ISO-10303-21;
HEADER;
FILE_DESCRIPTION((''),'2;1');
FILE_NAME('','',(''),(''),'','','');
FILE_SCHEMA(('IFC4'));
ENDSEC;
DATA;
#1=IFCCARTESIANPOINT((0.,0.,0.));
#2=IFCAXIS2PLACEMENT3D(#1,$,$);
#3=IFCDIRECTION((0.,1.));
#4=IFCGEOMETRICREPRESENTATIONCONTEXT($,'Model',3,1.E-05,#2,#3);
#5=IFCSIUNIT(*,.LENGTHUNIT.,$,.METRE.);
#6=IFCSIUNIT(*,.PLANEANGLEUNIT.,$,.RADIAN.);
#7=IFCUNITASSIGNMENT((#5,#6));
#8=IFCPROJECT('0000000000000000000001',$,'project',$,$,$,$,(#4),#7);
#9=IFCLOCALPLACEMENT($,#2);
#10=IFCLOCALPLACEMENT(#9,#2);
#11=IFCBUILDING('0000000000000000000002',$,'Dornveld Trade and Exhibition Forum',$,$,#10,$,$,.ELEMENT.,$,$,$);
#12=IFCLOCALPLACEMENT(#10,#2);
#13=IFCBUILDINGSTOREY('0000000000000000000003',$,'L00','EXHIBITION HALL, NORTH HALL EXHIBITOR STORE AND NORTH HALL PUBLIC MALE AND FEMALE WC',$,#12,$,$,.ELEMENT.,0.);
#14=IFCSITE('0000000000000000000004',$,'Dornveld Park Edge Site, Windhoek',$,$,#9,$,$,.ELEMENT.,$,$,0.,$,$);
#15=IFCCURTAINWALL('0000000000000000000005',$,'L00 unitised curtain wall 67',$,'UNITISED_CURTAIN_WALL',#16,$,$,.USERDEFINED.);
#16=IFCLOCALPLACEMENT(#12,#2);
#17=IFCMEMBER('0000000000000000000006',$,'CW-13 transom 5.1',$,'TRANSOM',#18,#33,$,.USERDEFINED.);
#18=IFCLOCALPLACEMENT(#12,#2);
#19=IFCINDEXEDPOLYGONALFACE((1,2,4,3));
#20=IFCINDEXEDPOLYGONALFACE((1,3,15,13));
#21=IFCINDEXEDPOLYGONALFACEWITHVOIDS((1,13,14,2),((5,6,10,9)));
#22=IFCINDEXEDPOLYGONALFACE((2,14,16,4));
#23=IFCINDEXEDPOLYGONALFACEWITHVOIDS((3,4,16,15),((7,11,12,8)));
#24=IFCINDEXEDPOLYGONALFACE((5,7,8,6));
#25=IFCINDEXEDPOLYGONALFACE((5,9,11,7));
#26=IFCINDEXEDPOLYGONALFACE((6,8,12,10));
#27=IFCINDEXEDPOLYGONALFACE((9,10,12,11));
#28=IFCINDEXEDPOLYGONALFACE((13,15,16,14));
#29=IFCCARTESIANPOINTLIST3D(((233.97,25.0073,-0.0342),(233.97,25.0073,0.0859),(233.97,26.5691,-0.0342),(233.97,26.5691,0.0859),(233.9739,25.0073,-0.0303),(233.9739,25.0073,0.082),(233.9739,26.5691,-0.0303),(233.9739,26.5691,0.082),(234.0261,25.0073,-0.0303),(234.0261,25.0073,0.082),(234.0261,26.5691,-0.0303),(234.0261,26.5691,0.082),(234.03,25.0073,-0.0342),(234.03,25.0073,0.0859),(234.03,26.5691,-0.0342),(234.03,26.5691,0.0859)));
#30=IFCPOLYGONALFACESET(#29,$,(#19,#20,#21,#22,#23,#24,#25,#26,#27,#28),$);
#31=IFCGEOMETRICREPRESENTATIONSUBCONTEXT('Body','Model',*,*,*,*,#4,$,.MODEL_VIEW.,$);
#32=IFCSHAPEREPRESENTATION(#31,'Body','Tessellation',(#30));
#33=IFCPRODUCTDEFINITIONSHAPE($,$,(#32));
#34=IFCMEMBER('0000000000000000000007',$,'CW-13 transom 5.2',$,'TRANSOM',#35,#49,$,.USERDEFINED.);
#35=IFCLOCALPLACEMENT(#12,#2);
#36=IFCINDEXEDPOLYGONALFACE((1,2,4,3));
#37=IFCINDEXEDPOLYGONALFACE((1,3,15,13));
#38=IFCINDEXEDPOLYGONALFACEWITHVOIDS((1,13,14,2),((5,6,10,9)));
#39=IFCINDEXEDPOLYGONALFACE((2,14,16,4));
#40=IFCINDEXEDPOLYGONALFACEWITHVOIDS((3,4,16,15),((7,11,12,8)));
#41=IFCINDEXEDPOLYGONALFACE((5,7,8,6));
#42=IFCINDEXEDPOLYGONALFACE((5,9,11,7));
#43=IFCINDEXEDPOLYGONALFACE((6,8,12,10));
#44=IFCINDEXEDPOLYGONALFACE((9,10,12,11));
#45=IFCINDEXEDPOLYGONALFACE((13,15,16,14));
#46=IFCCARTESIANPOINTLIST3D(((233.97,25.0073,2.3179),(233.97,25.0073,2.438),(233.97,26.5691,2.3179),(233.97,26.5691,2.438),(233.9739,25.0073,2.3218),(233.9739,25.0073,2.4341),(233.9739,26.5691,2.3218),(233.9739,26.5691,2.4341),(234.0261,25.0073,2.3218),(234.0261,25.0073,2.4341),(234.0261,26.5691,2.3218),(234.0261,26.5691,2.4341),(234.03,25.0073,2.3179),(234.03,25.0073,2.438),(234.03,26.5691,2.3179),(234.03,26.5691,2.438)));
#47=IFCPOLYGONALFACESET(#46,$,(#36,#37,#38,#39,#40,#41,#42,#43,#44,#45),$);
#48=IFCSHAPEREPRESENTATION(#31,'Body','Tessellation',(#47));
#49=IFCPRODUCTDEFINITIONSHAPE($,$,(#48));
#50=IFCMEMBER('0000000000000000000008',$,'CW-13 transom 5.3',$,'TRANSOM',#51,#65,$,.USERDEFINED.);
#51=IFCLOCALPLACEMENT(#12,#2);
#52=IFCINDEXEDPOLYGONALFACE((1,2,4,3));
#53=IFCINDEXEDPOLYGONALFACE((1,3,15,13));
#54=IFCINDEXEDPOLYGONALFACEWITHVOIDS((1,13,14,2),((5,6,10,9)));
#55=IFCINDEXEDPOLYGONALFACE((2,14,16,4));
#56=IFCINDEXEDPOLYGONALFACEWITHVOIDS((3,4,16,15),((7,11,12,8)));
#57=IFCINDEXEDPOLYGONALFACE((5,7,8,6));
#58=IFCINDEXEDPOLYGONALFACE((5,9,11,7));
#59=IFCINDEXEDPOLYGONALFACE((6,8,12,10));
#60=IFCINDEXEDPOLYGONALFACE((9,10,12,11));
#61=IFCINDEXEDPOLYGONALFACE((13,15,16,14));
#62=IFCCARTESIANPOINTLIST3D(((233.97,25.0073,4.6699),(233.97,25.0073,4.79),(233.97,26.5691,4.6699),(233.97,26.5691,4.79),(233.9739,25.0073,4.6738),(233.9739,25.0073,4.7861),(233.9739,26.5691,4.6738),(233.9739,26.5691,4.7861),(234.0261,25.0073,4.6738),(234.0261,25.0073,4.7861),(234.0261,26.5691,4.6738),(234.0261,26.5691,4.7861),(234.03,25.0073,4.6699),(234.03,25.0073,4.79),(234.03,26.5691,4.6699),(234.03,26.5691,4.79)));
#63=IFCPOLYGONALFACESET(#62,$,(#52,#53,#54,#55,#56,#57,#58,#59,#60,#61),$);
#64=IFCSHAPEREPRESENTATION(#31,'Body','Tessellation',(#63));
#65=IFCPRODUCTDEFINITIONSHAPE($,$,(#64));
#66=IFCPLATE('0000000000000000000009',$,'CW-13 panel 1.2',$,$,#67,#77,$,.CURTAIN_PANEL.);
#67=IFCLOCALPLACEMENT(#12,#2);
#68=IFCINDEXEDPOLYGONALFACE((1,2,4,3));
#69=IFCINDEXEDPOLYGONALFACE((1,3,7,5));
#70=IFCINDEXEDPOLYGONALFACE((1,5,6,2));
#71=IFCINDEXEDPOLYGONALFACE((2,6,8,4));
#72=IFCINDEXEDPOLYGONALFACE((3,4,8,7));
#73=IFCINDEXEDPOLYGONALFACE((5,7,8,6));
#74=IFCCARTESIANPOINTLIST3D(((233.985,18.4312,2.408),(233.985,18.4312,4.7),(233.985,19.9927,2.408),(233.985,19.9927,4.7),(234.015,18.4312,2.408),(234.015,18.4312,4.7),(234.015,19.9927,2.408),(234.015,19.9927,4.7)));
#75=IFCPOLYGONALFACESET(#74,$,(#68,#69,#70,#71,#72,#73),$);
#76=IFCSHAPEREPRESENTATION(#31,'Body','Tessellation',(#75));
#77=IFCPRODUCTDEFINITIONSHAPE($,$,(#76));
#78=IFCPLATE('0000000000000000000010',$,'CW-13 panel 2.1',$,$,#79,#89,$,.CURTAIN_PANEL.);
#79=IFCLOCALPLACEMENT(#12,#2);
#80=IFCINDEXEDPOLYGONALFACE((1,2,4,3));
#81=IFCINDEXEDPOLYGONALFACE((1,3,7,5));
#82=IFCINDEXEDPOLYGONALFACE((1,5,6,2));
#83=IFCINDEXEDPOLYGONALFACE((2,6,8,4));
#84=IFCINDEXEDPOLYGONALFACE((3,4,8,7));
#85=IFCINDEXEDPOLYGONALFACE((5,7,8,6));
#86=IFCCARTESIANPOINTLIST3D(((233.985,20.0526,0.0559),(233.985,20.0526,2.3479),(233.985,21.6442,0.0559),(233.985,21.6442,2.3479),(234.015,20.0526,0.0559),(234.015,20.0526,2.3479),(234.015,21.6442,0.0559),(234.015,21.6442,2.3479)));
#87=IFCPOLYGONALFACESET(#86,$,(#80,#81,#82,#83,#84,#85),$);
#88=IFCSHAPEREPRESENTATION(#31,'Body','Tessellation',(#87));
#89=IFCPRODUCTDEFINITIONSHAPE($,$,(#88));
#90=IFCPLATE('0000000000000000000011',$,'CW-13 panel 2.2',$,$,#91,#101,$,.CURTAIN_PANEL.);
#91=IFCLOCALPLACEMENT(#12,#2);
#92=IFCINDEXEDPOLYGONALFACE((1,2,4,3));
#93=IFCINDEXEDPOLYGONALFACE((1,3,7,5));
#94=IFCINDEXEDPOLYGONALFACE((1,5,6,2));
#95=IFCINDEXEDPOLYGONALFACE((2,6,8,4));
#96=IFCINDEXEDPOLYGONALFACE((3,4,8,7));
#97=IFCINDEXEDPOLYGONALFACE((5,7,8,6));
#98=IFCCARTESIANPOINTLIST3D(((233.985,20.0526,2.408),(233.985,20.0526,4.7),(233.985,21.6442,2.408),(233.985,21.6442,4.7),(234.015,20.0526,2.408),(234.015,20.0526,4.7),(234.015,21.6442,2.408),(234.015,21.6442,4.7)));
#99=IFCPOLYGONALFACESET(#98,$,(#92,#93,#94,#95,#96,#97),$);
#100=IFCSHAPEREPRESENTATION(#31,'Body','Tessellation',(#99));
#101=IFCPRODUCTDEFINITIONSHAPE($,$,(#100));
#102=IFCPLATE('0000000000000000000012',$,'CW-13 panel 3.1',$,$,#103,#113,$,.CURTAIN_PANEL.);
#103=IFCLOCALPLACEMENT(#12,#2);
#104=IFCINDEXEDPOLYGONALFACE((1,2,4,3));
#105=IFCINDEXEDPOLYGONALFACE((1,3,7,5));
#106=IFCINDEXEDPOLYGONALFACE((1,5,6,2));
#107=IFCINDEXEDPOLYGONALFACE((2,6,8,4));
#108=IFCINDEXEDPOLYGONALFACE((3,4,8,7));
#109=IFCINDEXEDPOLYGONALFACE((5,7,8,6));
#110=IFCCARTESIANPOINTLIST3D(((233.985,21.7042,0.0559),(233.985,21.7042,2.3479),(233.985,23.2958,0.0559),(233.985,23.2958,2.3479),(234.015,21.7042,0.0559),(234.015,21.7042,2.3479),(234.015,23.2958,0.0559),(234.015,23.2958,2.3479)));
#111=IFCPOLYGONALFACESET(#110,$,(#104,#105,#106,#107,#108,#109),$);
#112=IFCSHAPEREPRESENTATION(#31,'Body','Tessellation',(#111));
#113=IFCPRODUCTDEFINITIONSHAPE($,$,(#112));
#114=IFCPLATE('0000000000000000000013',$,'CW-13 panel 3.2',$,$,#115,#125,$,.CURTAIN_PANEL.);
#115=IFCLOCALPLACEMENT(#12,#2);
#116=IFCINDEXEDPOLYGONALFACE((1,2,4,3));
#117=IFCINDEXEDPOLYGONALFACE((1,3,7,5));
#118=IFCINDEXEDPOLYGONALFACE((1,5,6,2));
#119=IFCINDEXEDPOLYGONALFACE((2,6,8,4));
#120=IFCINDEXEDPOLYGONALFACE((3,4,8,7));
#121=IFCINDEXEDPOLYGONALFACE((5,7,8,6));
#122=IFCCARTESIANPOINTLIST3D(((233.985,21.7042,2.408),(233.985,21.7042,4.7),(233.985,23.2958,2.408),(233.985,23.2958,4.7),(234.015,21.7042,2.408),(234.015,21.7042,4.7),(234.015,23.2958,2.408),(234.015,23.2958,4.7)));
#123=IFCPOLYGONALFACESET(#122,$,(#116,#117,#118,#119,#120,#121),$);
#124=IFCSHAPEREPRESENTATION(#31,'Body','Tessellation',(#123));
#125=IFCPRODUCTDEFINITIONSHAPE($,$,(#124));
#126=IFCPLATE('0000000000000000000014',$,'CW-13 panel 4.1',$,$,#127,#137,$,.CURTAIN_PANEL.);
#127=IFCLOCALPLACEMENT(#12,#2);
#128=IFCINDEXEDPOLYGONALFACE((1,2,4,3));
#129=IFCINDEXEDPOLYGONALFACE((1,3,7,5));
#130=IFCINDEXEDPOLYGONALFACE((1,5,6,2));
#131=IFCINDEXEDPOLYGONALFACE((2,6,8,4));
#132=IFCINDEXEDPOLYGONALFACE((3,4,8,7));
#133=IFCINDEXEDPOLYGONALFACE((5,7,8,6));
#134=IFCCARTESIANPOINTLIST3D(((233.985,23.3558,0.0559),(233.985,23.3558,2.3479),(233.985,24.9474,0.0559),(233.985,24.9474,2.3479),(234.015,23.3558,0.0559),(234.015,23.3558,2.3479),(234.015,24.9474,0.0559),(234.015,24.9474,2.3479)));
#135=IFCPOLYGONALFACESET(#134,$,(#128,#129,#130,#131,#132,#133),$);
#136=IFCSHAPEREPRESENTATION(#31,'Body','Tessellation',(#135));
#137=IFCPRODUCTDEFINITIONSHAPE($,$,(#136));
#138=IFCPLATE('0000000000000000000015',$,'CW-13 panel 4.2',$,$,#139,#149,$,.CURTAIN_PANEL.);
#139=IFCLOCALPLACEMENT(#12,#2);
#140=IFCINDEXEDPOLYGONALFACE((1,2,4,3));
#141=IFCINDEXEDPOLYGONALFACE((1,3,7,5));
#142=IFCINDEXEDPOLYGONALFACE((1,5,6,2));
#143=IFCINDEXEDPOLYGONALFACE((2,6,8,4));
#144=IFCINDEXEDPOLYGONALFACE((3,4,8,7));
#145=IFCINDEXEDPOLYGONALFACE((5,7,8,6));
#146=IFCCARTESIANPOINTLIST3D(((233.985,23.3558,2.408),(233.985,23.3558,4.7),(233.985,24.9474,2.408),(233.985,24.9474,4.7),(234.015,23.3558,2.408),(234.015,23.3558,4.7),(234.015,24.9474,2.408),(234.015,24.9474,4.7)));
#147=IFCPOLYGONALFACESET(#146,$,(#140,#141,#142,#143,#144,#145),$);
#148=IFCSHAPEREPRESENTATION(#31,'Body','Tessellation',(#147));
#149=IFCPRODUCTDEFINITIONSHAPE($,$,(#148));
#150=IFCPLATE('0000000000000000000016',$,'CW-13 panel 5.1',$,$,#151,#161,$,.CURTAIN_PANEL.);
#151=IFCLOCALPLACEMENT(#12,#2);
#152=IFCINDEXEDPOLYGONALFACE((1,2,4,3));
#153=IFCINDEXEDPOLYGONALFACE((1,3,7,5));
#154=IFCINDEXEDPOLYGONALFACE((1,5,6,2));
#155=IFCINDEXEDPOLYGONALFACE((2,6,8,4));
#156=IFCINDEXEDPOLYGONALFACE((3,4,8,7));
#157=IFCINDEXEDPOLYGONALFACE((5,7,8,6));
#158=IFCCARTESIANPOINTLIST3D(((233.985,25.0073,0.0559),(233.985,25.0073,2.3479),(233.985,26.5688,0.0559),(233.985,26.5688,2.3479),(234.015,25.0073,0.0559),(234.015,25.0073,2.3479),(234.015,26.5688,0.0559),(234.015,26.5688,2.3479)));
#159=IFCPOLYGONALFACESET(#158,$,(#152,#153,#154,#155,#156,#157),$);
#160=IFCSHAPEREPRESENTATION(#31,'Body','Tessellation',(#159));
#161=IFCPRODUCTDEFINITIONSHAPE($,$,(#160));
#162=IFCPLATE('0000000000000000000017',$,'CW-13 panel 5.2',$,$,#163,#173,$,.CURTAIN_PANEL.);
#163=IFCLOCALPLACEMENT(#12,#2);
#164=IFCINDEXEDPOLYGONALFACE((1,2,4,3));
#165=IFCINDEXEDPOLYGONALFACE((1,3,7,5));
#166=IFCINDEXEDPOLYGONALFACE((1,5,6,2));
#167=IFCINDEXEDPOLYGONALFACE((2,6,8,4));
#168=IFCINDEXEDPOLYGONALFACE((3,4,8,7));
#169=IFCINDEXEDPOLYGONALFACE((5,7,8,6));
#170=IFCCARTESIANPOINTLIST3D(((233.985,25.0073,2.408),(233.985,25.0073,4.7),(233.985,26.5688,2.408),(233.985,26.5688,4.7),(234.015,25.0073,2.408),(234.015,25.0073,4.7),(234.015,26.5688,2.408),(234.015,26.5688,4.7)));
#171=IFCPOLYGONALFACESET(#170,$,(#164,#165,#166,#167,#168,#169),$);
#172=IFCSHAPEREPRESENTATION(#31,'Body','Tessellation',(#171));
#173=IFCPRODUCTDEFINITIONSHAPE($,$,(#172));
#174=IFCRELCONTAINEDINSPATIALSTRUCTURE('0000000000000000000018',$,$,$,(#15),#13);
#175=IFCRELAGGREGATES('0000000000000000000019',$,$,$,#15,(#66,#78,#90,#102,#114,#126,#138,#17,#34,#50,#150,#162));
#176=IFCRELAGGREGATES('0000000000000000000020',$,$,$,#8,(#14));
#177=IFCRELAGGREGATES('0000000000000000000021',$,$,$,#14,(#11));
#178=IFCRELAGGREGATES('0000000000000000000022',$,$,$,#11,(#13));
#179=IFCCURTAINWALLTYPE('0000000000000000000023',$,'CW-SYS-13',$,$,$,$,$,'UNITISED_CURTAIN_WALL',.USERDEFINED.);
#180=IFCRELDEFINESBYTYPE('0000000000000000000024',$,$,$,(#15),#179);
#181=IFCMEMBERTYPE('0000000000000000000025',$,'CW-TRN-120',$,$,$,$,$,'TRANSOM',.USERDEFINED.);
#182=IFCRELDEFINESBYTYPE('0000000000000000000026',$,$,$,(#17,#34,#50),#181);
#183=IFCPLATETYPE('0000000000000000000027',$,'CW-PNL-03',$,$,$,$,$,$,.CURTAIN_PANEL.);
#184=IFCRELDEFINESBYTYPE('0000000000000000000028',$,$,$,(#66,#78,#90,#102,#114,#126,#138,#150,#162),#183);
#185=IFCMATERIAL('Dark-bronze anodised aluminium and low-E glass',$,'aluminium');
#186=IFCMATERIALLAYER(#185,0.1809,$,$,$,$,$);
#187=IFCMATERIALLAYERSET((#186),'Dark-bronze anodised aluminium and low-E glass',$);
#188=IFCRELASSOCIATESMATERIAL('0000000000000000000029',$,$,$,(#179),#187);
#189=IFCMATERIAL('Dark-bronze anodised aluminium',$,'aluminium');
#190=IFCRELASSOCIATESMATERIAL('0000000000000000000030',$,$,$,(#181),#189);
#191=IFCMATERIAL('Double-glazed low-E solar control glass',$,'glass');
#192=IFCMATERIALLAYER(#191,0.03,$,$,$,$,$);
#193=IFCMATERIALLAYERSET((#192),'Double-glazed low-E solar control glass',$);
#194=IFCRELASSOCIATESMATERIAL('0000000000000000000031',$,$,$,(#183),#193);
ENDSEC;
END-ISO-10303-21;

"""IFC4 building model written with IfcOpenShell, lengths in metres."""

from ifc_helpers import new_model, si_unit, direction, frame, origin, origin_2d, place, context, subcontext, project, spatial, rectangle, hollow_rectangle, extrude, material, layer, layer_set, material_profile, profile_set, type_object, element, aggregate, save


model = new_model("IFC4")

# Units and contexts
model_context = context("Model", 3, precision=1e-05, world=origin(), true_north=direction((0.0, 1.0)))
body_context = subcontext(model_context, "Body", "Model", "MODEL_VIEW")
ifc_project = project(units=[si_unit("LENGTHUNIT", "METRE"), si_unit("PLANEANGLEUNIT", "RADIAN")], contexts=[model_context])

# Site, building, storey
site_placement = place(None, origin())
site = spatial("IfcSite", under=ifc_project, at=site_placement, Name="Dornveld Park Edge Site, Windhoek", CompositionType="ELEMENT", RefElevation=0.0)
building_placement = place(site_placement, origin())
building = spatial("IfcBuilding", under=site, at=building_placement, Name="Dornveld Trade and Exhibition Forum", CompositionType="ELEMENT")
storey_placement = place(building_placement, origin())
storey = spatial("IfcBuildingStorey", under=building, at=storey_placement, Name="L00", Description="EXHIBITION HALL, NORTH HALL EXHIBITOR STORE AND NORTH HALL PUBLIC MALE AND FEMALE WC", CompositionType="ELEMENT", Elevation=0.0)

# Curtain wall
ifc_material_1 = material(Name="Dark-bronze anodised aluminium and low-E glass", Category="aluminium")
ifc_layer_1 = layer(ifc_material_1, 0.1809)
ifc_layer_set_1 = layer_set([ifc_layer_1], Name="Dark-bronze anodised aluminium and low-E glass")
curtain_wall_type_1 = type_object("IfcCurtainWallType", Name="CW-SYS-13", ElementType="UNITISED_CURTAIN_WALL", PredefinedType="USERDEFINED", material=ifc_layer_set_1)
curtain_wall_1_placement = place(storey_placement, origin())
curtain_wall_1 = element("IfcCurtainWall", 1, at=curtain_wall_1_placement, inside=storey, type_object=curtain_wall_type_1, Name="L00 unitised curtain wall 67", ObjectType="UNITISED_CURTAIN_WALL", PredefinedType="USERDEFINED")

# Members
ifc_material_2 = material(Name="Dark-bronze anodised aluminium", Category="aluminium")
ifc_material_profile_1 = material_profile(ifc_material_2, hollow_rectangle(XDim=0.0601, YDim=0.1201, WallThickness=0.0039, at=origin_2d()), Name="RHS 120x60x4")
ifc_profile_set_1 = profile_set([ifc_material_profile_1], Name="Dark-bronze anodised aluminium")
member_type_1 = type_object("IfcMemberType", Name="CW-TRN-120", ElementType="TRANSOM", PredefinedType="USERDEFINED", material=ifc_profile_set_1)
member_1_placement = place(storey_placement, frame((234.0, 25.0073, 0.0259), z_axis=(0.0, 1.0, 0.0), x_axis=(-1.0, 0.0, 0.0)))
member_1 = element("IfcMember", 2, at=member_1_placement, type_object=member_type_1, Name="CW-13 transom 5.1", ObjectType="TRANSOM", PredefinedType="USERDEFINED", context=body_context, shape_type="SweptSolid", body=[
    extrude(hollow_rectangle(XDim=0.0601, YDim=0.1201, WallThickness=0.0039, at=origin_2d()), origin(), (0.0, 0.0, 1.0), 1.5618),
])
member_2_placement = place(storey_placement, frame((234.0, 25.0073, 2.3779), z_axis=(0.0, 1.0, 0.0), x_axis=(-1.0, 0.0, 0.0)))
member_2 = element("IfcMember", 3, at=member_2_placement, type_object=member_type_1, Name="CW-13 transom 5.2", ObjectType="TRANSOM", PredefinedType="USERDEFINED", context=body_context, shape_type="SweptSolid", body=[
    extrude(hollow_rectangle(XDim=0.0601, YDim=0.1201, WallThickness=0.0039, at=origin_2d()), origin(), (0.0, 0.0, 1.0), 1.5618),
])
member_3_placement = place(storey_placement, frame((234.0, 25.0073, 4.73), z_axis=(0.0, 1.0, 0.0), x_axis=(-1.0, 0.0, 0.0)))
member_3 = element("IfcMember", 4, at=member_3_placement, type_object=member_type_1, Name="CW-13 transom 5.3", ObjectType="TRANSOM", PredefinedType="USERDEFINED", context=body_context, shape_type="SweptSolid", body=[
    extrude(hollow_rectangle(XDim=0.0601, YDim=0.1201, WallThickness=0.0039, at=origin_2d()), origin(), (0.0, 0.0, 1.0), 1.5618),
])

# Plates
ifc_material_3 = material(Name="Double-glazed low-E solar control glass", Category="glass")
ifc_layer_2 = layer(ifc_material_3, 0.03)
ifc_layer_set_2 = layer_set([ifc_layer_2], Name="Double-glazed low-E solar control glass")
plate_type = type_object("IfcPlateType", Name="CW-PNL-03", PredefinedType="CURTAIN_PANEL", material=ifc_layer_set_2)
plate_1_placement = place(storey_placement, frame((234.0, 19.2119, 2.408), z_axis=(0.0, 0.0, 1.0), x_axis=(0.0, 1.0, 0.0)))
plate_1 = element("IfcPlate", 5, at=plate_1_placement, type_object=plate_type, Name="CW-13 panel 1.2", PredefinedType="CURTAIN_PANEL", context=body_context, shape_type="SweptSolid", body=[
    extrude(rectangle(XDim=1.5615, YDim=0.03, at=origin_2d()), origin(), (0.0, 0.0, 1.0), 2.292),
])
plate_2_placement = place(storey_placement, frame((234.0, 20.8484, 0.0559), z_axis=(0.0, 0.0, 1.0), x_axis=(0.0, 1.0, 0.0)))
plate_2 = element("IfcPlate", 6, at=plate_2_placement, type_object=plate_type, Name="CW-13 panel 2.1", PredefinedType="CURTAIN_PANEL", context=body_context, shape_type="SweptSolid", body=[
    extrude(rectangle(XDim=1.5916, YDim=0.03, at=origin_2d()), origin(), (0.0, 0.0, 1.0), 2.292),
])
plate_3_placement = place(storey_placement, frame((234.0, 20.8484, 2.408), z_axis=(0.0, 0.0, 1.0), x_axis=(0.0, 1.0, 0.0)))
plate_3 = element("IfcPlate", 7, at=plate_3_placement, type_object=plate_type, Name="CW-13 panel 2.2", PredefinedType="CURTAIN_PANEL", context=body_context, shape_type="SweptSolid", body=[
    extrude(rectangle(XDim=1.5916, YDim=0.03, at=origin_2d()), origin(), (0.0, 0.0, 1.0), 2.292),
])
plate_4_placement = place(storey_placement, frame((234.0, 22.5, 0.0559), z_axis=(0.0, 0.0, 1.0), x_axis=(0.0, 1.0, 0.0)))
plate_4 = element("IfcPlate", 8, at=plate_4_placement, type_object=plate_type, Name="CW-13 panel 3.1", PredefinedType="CURTAIN_PANEL", context=body_context, shape_type="SweptSolid", body=[
    extrude(rectangle(XDim=1.5916, YDim=0.03, at=origin_2d()), origin(), (0.0, 0.0, 1.0), 2.292),
])
plate_5_placement = place(storey_placement, frame((234.0, 22.5, 2.408), z_axis=(0.0, 0.0, 1.0), x_axis=(0.0, 1.0, 0.0)))
plate_5 = element("IfcPlate", 9, at=plate_5_placement, type_object=plate_type, Name="CW-13 panel 3.2", PredefinedType="CURTAIN_PANEL", context=body_context, shape_type="SweptSolid", body=[
    extrude(rectangle(XDim=1.5916, YDim=0.03, at=origin_2d()), origin(), (0.0, 0.0, 1.0), 2.292),
])
plate_6_placement = place(storey_placement, frame((234.0, 24.1516, 0.0559), z_axis=(0.0, 0.0, 1.0), x_axis=(0.0, 1.0, 0.0)))
plate_6 = element("IfcPlate", 10, at=plate_6_placement, type_object=plate_type, Name="CW-13 panel 4.1", PredefinedType="CURTAIN_PANEL", context=body_context, shape_type="SweptSolid", body=[
    extrude(rectangle(XDim=1.5916, YDim=0.03, at=origin_2d()), origin(), (0.0, 0.0, 1.0), 2.292),
])
plate_7_placement = place(storey_placement, frame((234.0, 24.1516, 2.408), z_axis=(0.0, 0.0, 1.0), x_axis=(0.0, 1.0, 0.0)))
plate_7 = element("IfcPlate", 11, at=plate_7_placement, type_object=plate_type, Name="CW-13 panel 4.2", PredefinedType="CURTAIN_PANEL", context=body_context, shape_type="SweptSolid", body=[
    extrude(rectangle(XDim=1.5916, YDim=0.03, at=origin_2d()), origin(), (0.0, 0.0, 1.0), 2.292),
])
plate_8_placement = place(storey_placement, frame((234.0, 25.7881, 0.0559), z_axis=(0.0, 0.0, 1.0), x_axis=(0.0, 1.0, 0.0)))
plate_8 = element("IfcPlate", 12, at=plate_8_placement, type_object=plate_type, Name="CW-13 panel 5.1", PredefinedType="CURTAIN_PANEL", context=body_context, shape_type="SweptSolid", body=[
    extrude(rectangle(XDim=1.5615, YDim=0.03, at=origin_2d()), origin(), (0.0, 0.0, 1.0), 2.292),
])
plate_9_placement = place(storey_placement, frame((234.0, 25.7881, 2.408), z_axis=(0.0, 0.0, 1.0), x_axis=(0.0, 1.0, 0.0)))
plate_9 = element("IfcPlate", 13, at=plate_9_placement, type_object=plate_type, Name="CW-13 panel 5.2", PredefinedType="CURTAIN_PANEL", context=body_context, shape_type="SweptSolid", body=[
    extrude(rectangle(XDim=1.5615, YDim=0.03, at=origin_2d()), origin(), (0.0, 0.0, 1.0), 2.292),
])
aggregate(curtain_wall_1, [plate_1, plate_2, plate_3, plate_4, plate_5, plate_6, plate_7, member_1, member_2, member_3, plate_8, plate_9])

save(model, "model.ifc")
